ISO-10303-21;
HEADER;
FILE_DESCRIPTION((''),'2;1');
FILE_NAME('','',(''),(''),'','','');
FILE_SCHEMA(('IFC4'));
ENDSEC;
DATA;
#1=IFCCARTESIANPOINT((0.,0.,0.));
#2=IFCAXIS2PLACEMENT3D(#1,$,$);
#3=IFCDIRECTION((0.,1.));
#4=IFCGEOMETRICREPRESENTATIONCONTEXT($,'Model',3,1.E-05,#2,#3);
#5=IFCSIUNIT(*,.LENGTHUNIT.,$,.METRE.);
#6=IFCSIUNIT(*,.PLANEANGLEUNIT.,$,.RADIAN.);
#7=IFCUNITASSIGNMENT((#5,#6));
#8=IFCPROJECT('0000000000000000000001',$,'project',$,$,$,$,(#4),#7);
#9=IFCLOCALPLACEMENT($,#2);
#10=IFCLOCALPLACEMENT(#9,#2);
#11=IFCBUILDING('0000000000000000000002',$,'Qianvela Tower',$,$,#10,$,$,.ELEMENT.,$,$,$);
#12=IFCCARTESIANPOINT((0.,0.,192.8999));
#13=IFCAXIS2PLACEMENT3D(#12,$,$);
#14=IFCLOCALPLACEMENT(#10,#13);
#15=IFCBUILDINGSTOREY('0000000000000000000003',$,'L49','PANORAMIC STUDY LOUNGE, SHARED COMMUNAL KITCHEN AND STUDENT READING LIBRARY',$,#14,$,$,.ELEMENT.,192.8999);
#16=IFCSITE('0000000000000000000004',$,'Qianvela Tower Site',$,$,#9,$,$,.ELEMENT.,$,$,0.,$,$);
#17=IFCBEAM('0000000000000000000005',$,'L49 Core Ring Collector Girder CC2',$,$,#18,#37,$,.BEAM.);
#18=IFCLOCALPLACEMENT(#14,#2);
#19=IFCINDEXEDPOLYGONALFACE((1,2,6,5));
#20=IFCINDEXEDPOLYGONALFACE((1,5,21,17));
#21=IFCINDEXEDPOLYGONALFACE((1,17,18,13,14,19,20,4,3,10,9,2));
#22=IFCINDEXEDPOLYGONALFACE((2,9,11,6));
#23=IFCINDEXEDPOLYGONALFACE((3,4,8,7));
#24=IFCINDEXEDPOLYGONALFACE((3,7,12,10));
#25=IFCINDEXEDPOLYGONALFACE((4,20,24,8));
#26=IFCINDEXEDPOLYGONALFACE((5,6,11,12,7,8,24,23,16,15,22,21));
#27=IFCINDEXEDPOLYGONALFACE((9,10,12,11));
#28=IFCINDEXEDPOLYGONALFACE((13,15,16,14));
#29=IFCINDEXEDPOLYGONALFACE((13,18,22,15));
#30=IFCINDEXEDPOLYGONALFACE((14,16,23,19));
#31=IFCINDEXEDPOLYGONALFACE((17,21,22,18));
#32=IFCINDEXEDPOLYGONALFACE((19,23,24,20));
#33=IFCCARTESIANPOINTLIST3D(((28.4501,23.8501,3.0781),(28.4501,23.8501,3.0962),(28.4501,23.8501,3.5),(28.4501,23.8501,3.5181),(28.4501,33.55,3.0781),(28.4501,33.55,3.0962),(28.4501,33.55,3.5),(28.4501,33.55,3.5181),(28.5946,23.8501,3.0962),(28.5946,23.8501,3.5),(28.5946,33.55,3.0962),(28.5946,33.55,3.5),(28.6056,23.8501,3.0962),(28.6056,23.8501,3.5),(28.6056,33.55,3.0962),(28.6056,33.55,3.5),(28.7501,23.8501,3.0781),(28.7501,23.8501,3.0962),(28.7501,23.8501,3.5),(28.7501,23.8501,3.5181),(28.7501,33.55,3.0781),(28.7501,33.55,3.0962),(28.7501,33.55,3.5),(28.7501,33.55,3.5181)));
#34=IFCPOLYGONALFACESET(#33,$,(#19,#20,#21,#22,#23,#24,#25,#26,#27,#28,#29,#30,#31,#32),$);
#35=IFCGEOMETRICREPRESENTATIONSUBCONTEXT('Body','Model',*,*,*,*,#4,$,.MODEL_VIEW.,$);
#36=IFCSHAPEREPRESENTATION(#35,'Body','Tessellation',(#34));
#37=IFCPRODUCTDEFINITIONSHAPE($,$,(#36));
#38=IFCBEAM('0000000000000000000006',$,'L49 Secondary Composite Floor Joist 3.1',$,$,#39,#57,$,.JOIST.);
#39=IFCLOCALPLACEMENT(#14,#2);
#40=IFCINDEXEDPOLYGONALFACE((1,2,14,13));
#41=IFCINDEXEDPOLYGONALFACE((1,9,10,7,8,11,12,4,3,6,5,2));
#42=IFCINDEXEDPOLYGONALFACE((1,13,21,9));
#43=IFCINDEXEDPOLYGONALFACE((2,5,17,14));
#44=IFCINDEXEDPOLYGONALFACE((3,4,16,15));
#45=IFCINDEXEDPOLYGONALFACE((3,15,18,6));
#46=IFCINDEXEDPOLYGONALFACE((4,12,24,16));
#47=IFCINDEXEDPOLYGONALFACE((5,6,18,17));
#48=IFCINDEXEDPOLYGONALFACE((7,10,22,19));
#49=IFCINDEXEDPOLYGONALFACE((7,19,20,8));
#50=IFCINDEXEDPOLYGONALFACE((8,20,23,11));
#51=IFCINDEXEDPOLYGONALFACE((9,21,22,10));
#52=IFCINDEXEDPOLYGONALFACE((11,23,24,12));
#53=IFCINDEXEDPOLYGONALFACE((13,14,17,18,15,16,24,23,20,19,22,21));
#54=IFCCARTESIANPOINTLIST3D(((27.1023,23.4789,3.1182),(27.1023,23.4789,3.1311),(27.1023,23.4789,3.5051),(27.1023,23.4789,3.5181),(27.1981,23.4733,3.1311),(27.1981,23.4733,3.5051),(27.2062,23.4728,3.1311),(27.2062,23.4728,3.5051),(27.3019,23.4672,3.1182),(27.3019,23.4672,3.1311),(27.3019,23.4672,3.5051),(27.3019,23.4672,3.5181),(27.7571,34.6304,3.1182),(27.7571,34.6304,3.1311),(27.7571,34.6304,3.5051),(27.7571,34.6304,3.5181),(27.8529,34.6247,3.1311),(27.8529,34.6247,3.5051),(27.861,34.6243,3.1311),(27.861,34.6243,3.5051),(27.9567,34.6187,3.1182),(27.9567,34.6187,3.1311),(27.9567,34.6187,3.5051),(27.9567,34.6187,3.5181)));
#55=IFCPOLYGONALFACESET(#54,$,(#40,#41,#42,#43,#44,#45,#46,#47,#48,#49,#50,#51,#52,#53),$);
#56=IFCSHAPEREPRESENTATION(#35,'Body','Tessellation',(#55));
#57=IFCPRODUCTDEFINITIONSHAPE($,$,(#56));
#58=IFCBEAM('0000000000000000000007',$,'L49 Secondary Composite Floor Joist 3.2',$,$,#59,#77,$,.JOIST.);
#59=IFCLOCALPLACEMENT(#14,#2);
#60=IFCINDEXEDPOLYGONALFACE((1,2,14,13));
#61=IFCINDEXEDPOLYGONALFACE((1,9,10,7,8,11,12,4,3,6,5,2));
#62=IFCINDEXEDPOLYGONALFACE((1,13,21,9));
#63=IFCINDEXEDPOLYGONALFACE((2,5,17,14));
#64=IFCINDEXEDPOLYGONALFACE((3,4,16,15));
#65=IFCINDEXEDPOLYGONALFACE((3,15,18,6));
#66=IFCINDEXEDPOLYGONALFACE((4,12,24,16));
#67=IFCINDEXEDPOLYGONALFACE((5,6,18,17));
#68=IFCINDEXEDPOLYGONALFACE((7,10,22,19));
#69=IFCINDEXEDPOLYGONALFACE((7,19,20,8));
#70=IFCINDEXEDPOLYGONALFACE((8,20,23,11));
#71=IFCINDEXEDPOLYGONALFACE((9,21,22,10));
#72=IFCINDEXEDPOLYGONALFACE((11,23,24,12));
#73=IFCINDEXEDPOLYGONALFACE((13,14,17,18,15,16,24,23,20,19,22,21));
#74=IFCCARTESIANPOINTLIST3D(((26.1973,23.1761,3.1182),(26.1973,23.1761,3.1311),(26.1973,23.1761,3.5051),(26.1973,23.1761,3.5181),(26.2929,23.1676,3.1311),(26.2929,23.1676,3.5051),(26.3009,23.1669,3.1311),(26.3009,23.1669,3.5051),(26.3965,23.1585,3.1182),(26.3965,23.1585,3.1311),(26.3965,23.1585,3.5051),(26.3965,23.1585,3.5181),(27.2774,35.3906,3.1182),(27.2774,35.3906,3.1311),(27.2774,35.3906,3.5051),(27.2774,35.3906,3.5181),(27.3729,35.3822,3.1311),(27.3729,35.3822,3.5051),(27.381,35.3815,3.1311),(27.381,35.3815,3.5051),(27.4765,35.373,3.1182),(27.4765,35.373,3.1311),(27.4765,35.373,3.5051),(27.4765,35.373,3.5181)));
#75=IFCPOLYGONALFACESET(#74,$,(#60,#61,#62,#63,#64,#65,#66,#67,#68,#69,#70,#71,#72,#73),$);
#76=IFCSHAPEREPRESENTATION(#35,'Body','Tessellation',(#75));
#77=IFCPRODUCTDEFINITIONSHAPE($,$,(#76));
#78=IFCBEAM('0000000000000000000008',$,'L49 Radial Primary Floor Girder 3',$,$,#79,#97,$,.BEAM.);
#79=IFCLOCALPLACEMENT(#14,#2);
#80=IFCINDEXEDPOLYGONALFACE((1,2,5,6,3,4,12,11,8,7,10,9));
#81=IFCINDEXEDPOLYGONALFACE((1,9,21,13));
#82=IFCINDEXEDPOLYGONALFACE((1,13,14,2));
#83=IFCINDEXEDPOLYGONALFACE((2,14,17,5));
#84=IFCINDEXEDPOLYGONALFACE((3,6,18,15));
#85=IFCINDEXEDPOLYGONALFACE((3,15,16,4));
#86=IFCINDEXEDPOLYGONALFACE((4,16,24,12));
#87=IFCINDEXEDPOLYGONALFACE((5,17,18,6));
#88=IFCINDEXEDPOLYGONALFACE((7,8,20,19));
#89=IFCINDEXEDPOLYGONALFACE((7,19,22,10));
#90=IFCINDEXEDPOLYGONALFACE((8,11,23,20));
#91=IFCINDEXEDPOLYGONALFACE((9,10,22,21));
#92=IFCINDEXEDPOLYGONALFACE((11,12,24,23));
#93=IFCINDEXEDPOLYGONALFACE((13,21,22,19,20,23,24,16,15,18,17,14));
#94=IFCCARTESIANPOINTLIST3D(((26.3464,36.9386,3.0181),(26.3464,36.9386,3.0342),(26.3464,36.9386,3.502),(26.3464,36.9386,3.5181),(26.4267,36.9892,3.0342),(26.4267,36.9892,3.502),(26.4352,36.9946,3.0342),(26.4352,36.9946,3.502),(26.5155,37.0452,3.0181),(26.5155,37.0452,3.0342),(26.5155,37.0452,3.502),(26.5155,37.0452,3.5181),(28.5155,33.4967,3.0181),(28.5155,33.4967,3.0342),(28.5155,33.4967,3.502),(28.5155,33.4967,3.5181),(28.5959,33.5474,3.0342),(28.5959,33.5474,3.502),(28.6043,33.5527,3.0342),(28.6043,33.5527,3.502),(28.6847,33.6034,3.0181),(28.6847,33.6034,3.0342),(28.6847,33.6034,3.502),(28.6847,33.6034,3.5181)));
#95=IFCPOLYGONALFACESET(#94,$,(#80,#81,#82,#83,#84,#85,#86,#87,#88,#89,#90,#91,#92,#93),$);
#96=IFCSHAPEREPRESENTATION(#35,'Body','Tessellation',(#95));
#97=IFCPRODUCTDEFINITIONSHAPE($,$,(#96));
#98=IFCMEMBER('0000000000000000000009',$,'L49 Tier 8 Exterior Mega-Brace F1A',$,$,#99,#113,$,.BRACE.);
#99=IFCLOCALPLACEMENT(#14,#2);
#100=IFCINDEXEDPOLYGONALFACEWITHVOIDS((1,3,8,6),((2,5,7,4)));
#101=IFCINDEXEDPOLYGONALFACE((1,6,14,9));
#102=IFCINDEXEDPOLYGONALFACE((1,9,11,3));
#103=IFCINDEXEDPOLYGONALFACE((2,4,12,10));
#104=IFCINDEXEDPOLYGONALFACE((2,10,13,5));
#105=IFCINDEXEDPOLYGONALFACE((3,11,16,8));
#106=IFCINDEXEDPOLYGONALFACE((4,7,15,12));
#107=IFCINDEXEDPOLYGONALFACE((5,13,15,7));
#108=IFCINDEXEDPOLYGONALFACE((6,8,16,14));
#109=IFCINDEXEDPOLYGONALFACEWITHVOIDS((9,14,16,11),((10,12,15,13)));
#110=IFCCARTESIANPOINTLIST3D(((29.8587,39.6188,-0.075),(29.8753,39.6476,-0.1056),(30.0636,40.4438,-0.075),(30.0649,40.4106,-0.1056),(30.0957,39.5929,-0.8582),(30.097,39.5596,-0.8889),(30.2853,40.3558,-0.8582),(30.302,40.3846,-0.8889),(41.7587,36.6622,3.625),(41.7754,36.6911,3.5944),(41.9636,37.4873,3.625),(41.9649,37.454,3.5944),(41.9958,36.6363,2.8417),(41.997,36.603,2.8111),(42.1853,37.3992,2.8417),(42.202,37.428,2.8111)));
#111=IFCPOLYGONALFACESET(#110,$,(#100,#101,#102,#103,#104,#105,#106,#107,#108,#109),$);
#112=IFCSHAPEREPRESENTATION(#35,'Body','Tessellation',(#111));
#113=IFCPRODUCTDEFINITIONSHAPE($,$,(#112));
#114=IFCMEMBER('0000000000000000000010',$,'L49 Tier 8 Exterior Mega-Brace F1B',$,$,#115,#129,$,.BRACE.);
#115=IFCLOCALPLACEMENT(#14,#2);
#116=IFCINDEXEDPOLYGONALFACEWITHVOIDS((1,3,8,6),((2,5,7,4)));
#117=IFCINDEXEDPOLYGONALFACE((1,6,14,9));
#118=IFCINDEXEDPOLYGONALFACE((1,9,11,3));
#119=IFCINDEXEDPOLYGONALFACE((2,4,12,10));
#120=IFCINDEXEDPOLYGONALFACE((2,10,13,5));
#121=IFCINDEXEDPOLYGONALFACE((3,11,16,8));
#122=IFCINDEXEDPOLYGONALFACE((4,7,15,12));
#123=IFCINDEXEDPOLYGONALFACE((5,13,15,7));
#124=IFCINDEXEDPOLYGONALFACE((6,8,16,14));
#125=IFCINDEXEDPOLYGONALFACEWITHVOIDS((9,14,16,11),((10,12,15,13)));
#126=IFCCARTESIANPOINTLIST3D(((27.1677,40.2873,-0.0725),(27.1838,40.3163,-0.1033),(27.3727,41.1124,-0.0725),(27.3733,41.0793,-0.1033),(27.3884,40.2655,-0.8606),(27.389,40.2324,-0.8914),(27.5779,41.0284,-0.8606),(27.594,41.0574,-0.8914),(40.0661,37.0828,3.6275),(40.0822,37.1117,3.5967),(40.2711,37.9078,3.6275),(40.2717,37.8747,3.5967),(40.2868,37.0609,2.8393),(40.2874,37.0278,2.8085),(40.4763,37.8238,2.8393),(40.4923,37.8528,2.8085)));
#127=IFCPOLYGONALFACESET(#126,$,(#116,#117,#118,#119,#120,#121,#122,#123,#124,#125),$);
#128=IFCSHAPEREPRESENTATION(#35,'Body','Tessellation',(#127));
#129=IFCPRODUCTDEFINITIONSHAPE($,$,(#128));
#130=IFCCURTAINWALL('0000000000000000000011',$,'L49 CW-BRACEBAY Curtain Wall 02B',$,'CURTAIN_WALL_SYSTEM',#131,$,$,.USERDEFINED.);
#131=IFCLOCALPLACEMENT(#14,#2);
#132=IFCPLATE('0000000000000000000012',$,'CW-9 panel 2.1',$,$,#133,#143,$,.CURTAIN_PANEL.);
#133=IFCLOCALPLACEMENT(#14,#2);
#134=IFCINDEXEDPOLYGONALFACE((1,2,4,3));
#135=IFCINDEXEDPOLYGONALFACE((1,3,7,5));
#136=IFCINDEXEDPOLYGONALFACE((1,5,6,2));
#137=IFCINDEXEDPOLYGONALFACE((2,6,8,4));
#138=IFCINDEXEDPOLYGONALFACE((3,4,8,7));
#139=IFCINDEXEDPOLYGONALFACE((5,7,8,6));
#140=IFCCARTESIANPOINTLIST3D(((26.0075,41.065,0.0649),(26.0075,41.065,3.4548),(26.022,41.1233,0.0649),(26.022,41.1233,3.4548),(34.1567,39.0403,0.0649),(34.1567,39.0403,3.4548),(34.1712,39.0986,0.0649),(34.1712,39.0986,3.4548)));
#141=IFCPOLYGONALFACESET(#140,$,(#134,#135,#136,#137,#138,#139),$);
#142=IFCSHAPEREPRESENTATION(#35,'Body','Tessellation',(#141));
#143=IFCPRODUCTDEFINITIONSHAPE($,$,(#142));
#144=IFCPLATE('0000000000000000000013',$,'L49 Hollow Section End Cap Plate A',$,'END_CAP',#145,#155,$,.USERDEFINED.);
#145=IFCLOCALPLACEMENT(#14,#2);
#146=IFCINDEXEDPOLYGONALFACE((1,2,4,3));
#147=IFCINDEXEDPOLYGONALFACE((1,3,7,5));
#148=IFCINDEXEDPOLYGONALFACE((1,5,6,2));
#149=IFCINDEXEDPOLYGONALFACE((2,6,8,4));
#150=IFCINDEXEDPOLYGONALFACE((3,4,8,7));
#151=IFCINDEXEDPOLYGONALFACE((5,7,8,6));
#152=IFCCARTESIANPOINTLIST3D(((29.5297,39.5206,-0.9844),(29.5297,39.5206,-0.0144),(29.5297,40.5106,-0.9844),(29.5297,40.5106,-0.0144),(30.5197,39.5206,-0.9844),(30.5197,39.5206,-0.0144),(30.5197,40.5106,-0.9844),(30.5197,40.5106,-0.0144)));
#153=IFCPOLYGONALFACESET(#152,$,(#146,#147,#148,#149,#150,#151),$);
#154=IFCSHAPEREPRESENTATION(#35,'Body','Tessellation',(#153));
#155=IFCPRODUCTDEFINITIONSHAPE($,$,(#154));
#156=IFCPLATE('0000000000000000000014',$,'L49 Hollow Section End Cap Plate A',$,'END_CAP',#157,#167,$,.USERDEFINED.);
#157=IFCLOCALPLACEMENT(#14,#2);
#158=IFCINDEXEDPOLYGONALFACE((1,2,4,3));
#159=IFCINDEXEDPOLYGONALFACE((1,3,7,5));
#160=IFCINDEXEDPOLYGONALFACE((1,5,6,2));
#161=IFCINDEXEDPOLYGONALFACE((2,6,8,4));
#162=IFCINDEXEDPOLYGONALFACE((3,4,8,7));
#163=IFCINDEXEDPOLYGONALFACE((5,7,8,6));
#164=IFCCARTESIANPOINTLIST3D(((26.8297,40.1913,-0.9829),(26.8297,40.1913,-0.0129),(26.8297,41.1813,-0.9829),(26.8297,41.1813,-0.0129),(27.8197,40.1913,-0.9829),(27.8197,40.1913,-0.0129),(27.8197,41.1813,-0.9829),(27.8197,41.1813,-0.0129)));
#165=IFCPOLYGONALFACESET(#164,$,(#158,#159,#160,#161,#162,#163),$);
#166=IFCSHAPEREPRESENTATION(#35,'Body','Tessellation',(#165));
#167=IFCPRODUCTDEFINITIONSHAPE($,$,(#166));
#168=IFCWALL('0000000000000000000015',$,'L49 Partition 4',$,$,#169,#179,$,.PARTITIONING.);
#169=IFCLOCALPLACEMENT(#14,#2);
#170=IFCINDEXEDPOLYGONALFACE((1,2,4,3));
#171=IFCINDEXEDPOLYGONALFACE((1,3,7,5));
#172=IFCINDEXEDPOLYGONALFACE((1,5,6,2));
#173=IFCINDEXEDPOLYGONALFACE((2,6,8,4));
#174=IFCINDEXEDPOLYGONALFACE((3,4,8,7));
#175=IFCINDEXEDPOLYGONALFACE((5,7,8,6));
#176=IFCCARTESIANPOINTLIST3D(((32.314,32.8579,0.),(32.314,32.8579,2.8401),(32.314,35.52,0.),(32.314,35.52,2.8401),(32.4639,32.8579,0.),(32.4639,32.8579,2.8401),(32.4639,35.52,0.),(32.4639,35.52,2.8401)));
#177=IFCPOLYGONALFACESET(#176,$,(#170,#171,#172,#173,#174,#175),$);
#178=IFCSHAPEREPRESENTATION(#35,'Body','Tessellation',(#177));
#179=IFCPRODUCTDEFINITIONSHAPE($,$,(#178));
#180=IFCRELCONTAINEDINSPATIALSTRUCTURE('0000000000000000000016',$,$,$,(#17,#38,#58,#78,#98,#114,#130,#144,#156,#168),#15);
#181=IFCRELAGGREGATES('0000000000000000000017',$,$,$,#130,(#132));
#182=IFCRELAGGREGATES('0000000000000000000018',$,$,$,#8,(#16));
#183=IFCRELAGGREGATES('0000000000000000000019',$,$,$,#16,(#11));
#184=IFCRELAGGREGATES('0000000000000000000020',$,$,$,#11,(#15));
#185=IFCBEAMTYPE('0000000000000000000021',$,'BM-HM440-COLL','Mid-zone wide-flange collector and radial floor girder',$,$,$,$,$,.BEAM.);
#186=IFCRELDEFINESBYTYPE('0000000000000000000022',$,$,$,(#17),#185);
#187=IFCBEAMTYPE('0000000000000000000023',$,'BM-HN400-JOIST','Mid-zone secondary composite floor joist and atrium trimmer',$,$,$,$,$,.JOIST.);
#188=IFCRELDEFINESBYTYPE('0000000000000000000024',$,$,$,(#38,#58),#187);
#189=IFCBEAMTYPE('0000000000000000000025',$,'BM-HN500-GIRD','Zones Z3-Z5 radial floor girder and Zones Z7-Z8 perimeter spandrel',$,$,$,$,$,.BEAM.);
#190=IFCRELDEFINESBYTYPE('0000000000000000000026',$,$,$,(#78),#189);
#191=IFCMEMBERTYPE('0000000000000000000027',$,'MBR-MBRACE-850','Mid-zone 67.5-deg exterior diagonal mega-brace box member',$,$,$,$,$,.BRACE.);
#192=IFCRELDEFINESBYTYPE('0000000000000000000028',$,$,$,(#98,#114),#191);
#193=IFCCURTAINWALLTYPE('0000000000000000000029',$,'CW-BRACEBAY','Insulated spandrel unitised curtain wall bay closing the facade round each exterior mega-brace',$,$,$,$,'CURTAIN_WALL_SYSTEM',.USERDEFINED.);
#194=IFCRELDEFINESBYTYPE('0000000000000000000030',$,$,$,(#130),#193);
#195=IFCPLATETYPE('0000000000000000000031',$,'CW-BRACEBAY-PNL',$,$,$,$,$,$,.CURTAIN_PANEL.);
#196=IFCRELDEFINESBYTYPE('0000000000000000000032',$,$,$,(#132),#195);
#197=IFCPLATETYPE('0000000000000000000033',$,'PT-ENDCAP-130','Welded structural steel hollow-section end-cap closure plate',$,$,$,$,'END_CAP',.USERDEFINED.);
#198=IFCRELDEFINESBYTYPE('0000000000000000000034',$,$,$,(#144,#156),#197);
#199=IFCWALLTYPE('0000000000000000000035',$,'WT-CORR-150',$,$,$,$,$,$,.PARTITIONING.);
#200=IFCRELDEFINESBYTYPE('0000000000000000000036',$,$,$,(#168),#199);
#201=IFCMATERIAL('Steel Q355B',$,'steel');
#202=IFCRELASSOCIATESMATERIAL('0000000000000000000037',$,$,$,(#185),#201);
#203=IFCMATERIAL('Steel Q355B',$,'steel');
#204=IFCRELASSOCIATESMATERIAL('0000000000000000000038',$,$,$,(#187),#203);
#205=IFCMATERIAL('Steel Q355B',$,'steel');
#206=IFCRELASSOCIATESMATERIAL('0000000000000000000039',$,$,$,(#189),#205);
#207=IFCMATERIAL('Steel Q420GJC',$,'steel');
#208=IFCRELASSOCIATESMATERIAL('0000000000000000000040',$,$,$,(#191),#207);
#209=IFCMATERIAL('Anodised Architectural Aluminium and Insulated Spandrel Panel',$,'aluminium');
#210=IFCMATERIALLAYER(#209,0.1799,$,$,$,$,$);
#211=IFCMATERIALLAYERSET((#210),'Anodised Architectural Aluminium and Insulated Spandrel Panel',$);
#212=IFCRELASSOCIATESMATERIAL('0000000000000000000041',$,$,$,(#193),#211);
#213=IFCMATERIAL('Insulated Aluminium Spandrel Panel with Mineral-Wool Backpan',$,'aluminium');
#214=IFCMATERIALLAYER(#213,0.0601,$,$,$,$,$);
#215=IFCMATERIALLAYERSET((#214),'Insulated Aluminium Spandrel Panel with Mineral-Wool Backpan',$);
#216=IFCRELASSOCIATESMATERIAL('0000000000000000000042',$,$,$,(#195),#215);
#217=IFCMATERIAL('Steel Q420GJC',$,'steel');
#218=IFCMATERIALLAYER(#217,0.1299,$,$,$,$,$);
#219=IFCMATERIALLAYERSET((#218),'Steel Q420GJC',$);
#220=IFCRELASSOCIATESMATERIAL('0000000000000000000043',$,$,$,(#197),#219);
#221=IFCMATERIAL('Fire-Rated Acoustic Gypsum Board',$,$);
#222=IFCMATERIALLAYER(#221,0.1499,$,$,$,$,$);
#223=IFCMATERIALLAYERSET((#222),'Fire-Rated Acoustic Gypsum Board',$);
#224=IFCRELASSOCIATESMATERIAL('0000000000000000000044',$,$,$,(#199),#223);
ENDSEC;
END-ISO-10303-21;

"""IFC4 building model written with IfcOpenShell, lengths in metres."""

from ifc_helpers import new_model, si_unit, direction, frame, frame_2d, origin, origin_2d, place, context, subcontext, project, spatial, rectangle, hollow_rectangle, i_section, extrude, material, layer, layer_set, material_profile, profile_set, type_object, element, aggregate, save


model = new_model("IFC4")

# Units and contexts
model_context = context("Model", 3, precision=1e-05, world=origin(), true_north=direction((0.0, 1.0)))
body_context = subcontext(model_context, "Body", "Model", "MODEL_VIEW")
ifc_project = project(units=[si_unit("LENGTHUNIT", "METRE"), si_unit("PLANEANGLEUNIT", "RADIAN")], contexts=[model_context])

# Site, building, storey
site_placement = place(None, origin())
site = spatial("IfcSite", under=ifc_project, at=site_placement, Name="Qianvela Tower Site", CompositionType="ELEMENT", RefElevation=0.0)
building_placement = place(site_placement, origin())
building = spatial("IfcBuilding", under=site, at=building_placement, Name="Qianvela Tower", CompositionType="ELEMENT")
storey_placement = place(building_placement, frame((0.0, 0.0, 192.8999)))
storey = spatial("IfcBuildingStorey", under=building, at=storey_placement, Name="L49", Description="PANORAMIC STUDY LOUNGE, SHARED COMMUNAL KITCHEN AND STUDENT READING LIBRARY", CompositionType="ELEMENT", Elevation=192.8999)

# Beams
ifc_material_1 = material(Name="Steel Q355B", Category="steel")
ifc_material_profile_1 = material_profile(ifc_material_1, i_section(OverallWidth=0.3, OverallDepth=0.4399, WebThickness=0.011, FlangeThickness=0.0181, at=origin_2d()), Name="HM440x300x11x18")
ifc_profile_set_1 = profile_set([ifc_material_profile_1], Name="Steel Q355B")
beam_type_1 = type_object("IfcBeamType", Name="BM-HM440-COLL", Description="Mid-zone wide-flange collector and radial floor girder", PredefinedType="BEAM", material=ifc_profile_set_1)
beam_1_placement = place(storey_placement, frame((28.6001, 33.55, 3.2981), z_axis=(0.0, -1.0, 0.0), x_axis=(1.0, 0.0, 0.0)))
element("IfcBeam", 1, at=beam_1_placement, inside=storey, type_object=beam_type_1, Name="L49 Core Ring Collector Girder CC2", PredefinedType="BEAM", context=body_context, shape_type="SweptSolid", body=[
    extrude(i_section(OverallWidth=0.3, OverallDepth=0.4399, WebThickness=0.011, FlangeThickness=0.0181, at=origin_2d()), origin(), (0.0, 0.0, 1.0), 9.7),
])
ifc_material_2 = material(Name="Steel Q355B", Category="steel")
ifc_material_profile_2 = material_profile(ifc_material_2, i_section(OverallWidth=0.2, OverallDepth=0.3999, WebThickness=0.0081, FlangeThickness=0.0129, at=origin_2d()), Name="HN400x200x8x13")
ifc_profile_set_2 = profile_set([ifc_material_profile_2], Name="Steel Q355B")
beam_type_2 = type_object("IfcBeamType", Name="BM-HN400-JOIST", Description="Mid-zone secondary composite floor joist and atrium trimmer", PredefinedType="JOIST", material=ifc_profile_set_2)
beam_2_placement = place(storey_placement, frame((27.8569, 34.6245, 3.3181), z_axis=(-0.058617, -0.998281, 0.0), x_axis=(0.998281, -0.058617, 0.0)))
element("IfcBeam", 2, at=beam_2_placement, inside=storey, type_object=beam_type_2, Name="L49 Secondary Composite Floor Joist 3.1", PredefinedType="JOIST", context=body_context, shape_type="SweptSolid", body=[
    extrude(i_section(OverallWidth=0.2, OverallDepth=0.3999, WebThickness=0.0081, FlangeThickness=0.0129, at=origin_2d()), origin(), (0.0, 0.0, 1.0), 11.1707),
])
beam_3_placement = place(storey_placement, frame((27.377, 35.3818, 3.3181), z_axis=(-0.088081, -0.996113, 0.0), x_axis=(0.996113, -0.088081, 0.0)))
element("IfcBeam", 3, at=beam_3_placement, inside=storey, type_object=beam_type_2, Name="L49 Secondary Composite Floor Joist 3.2", PredefinedType="JOIST", context=body_context, shape_type="SweptSolid", body=[
    extrude(i_section(OverallWidth=0.2, OverallDepth=0.3999, WebThickness=0.0081, FlangeThickness=0.0129, at=origin_2d()), origin(), (0.0, 0.0, 1.0), 12.2622),
])
ifc_material_3 = material(Name="Steel Q355B", Category="steel")
ifc_material_profile_3 = material_profile(ifc_material_3, i_section(OverallWidth=0.2, OverallDepth=0.5, WebThickness=0.01, FlangeThickness=0.0161, at=origin_2d()), Name="HN500x200x10x16")
ifc_profile_set_3 = profile_set([ifc_material_profile_3], Name="Steel Q355B")
beam_type_3 = type_object("IfcBeamType", Name="BM-HN500-GIRD", Description="Zones Z3-Z5 radial floor girder and Zones Z7-Z8 perimeter spandrel", PredefinedType="BEAM", material=ifc_profile_set_3)
beam_4_placement = place(storey_placement, frame((28.6001, 33.55, 3.2681), z_axis=(-0.533178, 0.846003, 0.0), x_axis=(-0.846003, -0.533178, 0.0)))
element("IfcBeam", 4, at=beam_4_placement, inside=storey, type_object=beam_type_3, Name="L49 Radial Primary Floor Girder 3", PredefinedType="BEAM", context=body_context, shape_type="SweptSolid", body=[
    extrude(i_section(OverallWidth=0.2, OverallDepth=0.5, WebThickness=0.01, FlangeThickness=0.0161, at=origin_2d()), origin(), (0.0, 0.0, 1.0), 4.0684),
])

# Members
ifc_material_4 = material(Name="Steel Q420GJC", Category="steel")
ifc_material_profile_4 = material_profile(ifc_material_4, hollow_rectangle(XDim=0.8501, YDim=0.8501, WallThickness=0.032, at=origin_2d()), Name="MBOX-850x850x32")
ifc_profile_set_4 = profile_set([ifc_material_profile_4], Name="Steel Q420GJC")
member_type = type_object("IfcMemberType", Name="MBR-MBRACE-850", Description="Mid-zone 67.5-deg exterior diagonal mega-brace box member", PredefinedType="BRACE", material=ifc_profile_set_4)
member_1_placement = place(storey_placement, frame((30.0803, 40.0017, -0.4819), z_axis=(0.929117, -0.23084, 0.288884), x_axis=(0.241121, 0.970495, 0.0)))
element("IfcMember", 5, at=member_1_placement, inside=storey, type_object=member_type, Name="L49 Tier 8 Exterior Mega-Brace F1A", PredefinedType="BRACE", context=body_context, shape_type="SweptSolid", body=[
    extrude(hollow_rectangle(XDim=0.8501, YDim=0.8501, WallThickness=0.032, at=origin_2d()), origin(), (0.0, 0.0, 1.0), 12.8079),
])
member_2_placement = place(storey_placement, frame((27.3809, 40.6724, -0.4819), z_axis=(0.934943, -0.232285, 0.268191), x_axis=(0.241118, 0.970496, 0.0)))
element("IfcMember", 6, at=member_2_placement, inside=storey, type_object=member_type, Name="L49 Tier 8 Exterior Mega-Brace F1B", PredefinedType="BRACE", context=body_context, shape_type="SweptSolid", body=[
    extrude(hollow_rectangle(XDim=0.8501, YDim=0.8501, WallThickness=0.032, at=origin_2d()), origin(), (0.0, 0.0, 1.0), 13.7959),
])

# Curtain wall, plate
ifc_material_5 = material(Name="Anodised Architectural Aluminium and Insulated Spandrel Panel", Category="aluminium")
ifc_layer_1 = layer(ifc_material_5, 0.1799)
ifc_layer_set_1 = layer_set([ifc_layer_1], Name="Anodised Architectural Aluminium and Insulated Spandrel Panel")
curtain_wall_type = type_object("IfcCurtainWallType", Name="CW-BRACEBAY", Description="Insulated spandrel unitised curtain wall bay closing the facade round each exterior mega-brace", ElementType="CURTAIN_WALL_SYSTEM", PredefinedType="USERDEFINED", material=ifc_layer_set_1)
curtain_wall_placement = place(storey_placement, origin())
curtain_wall = element("IfcCurtainWall", 7, at=curtain_wall_placement, inside=storey, type_object=curtain_wall_type, Name="L49 CW-BRACEBAY Curtain Wall 02B", ObjectType="CURTAIN_WALL_SYSTEM", PredefinedType="USERDEFINED")
ifc_material_6 = material(Name="Insulated Aluminium Spandrel Panel with Mineral-Wool Backpan", Category="aluminium")
ifc_layer_2 = layer(ifc_material_6, 0.0601)
ifc_layer_set_2 = layer_set([ifc_layer_2], Name="Insulated Aluminium Spandrel Panel with Mineral-Wool Backpan")
plate_type_1 = type_object("IfcPlateType", Name="CW-BRACEBAY-PNL", PredefinedType="CURTAIN_PANEL", material=ifc_layer_set_2)
plate_placement = place(storey_placement, frame((30.0894, 40.0818, 0.0649), z_axis=(0.0, 0.0, 1.0), x_axis=(-0.970494, 0.241124, 0.0)))
plate = element("IfcPlate", 8, at=plate_placement, type_object=plate_type_1, Name="CW-9 panel 2.1", PredefinedType="CURTAIN_PANEL", context=body_context, shape_type="SweptSolid", body=[
    extrude(rectangle(XDim=8.397, YDim=0.0601, at=origin_2d()), origin(), (0.0, 0.0, 1.0), 3.3899),
])
aggregate(curtain_wall, [plate])

# Plates
ifc_material_7 = material(Name="Steel Q420GJC", Category="steel")
ifc_layer_3 = layer(ifc_material_7, 0.1299)
ifc_layer_set_3 = layer_set([ifc_layer_3], Name="Steel Q420GJC")
plate_type_2 = type_object("IfcPlateType", Name="PT-ENDCAP-130", Description="Welded structural steel hollow-section end-cap closure plate", ElementType="END_CAP", PredefinedType="USERDEFINED", material=ifc_layer_set_3)
for number, where, z_axis, x_axis, name in (
    (9, (30.0247, 40.0156, -0.9844), (0.0, 0.0, 1.0), (1.0, 0.0, 0.0), "L49 Hollow Section End Cap Plate A"),
    (10, (27.3247, 40.6863, -0.9829), (0.0, 0.0, 1.0), (1.0, 0.0, 0.0), "L49 Hollow Section End Cap Plate A"),
):
    element("IfcPlate", number, at=place(storey_placement, frame(where, z_axis=z_axis, x_axis=x_axis)), inside=storey, type_object=plate_type_2, Name=name, ObjectType="END_CAP", PredefinedType="USERDEFINED", context=body_context, shape_type="SweptSolid", body=[
        extrude(rectangle(XDim=0.99, YDim=0.99, at=origin_2d()), origin(), (0.0, 0.0, 1.0), 0.97),
    ])

# Shared definitions
ifc_material_8 = material(Name="Fire-Rated Acoustic Gypsum Board")
ifc_layer_4 = layer(ifc_material_8, 0.1499)
ifc_layer_set_4 = layer_set([ifc_layer_4], Name="Fire-Rated Acoustic Gypsum Board")
wall_type_1 = type_object("IfcWallType", Name="WT-CORR-150", PredefinedType="PARTITIONING", material=ifc_layer_set_4)

# Wall
wall_1_placement = place(storey_placement, frame((32.3889, 35.52, 0.0), z_axis=(0.0, 0.0, 1.0), x_axis=(0.0, -1.0, 0.0)))
element("IfcWall", 11, at=wall_1_placement, inside=storey, type_object=wall_type_1, Name="L49 Partition 4", PredefinedType="PARTITIONING", context=body_context, shape_type="SweptSolid", body=[
    extrude(rectangle(XDim=2.6621, YDim=0.1499, at=frame_2d((1.3311, 0.0))), origin(), (0.0, 0.0, 1.0), 2.8401),
])

save(model, "model.ifc")
